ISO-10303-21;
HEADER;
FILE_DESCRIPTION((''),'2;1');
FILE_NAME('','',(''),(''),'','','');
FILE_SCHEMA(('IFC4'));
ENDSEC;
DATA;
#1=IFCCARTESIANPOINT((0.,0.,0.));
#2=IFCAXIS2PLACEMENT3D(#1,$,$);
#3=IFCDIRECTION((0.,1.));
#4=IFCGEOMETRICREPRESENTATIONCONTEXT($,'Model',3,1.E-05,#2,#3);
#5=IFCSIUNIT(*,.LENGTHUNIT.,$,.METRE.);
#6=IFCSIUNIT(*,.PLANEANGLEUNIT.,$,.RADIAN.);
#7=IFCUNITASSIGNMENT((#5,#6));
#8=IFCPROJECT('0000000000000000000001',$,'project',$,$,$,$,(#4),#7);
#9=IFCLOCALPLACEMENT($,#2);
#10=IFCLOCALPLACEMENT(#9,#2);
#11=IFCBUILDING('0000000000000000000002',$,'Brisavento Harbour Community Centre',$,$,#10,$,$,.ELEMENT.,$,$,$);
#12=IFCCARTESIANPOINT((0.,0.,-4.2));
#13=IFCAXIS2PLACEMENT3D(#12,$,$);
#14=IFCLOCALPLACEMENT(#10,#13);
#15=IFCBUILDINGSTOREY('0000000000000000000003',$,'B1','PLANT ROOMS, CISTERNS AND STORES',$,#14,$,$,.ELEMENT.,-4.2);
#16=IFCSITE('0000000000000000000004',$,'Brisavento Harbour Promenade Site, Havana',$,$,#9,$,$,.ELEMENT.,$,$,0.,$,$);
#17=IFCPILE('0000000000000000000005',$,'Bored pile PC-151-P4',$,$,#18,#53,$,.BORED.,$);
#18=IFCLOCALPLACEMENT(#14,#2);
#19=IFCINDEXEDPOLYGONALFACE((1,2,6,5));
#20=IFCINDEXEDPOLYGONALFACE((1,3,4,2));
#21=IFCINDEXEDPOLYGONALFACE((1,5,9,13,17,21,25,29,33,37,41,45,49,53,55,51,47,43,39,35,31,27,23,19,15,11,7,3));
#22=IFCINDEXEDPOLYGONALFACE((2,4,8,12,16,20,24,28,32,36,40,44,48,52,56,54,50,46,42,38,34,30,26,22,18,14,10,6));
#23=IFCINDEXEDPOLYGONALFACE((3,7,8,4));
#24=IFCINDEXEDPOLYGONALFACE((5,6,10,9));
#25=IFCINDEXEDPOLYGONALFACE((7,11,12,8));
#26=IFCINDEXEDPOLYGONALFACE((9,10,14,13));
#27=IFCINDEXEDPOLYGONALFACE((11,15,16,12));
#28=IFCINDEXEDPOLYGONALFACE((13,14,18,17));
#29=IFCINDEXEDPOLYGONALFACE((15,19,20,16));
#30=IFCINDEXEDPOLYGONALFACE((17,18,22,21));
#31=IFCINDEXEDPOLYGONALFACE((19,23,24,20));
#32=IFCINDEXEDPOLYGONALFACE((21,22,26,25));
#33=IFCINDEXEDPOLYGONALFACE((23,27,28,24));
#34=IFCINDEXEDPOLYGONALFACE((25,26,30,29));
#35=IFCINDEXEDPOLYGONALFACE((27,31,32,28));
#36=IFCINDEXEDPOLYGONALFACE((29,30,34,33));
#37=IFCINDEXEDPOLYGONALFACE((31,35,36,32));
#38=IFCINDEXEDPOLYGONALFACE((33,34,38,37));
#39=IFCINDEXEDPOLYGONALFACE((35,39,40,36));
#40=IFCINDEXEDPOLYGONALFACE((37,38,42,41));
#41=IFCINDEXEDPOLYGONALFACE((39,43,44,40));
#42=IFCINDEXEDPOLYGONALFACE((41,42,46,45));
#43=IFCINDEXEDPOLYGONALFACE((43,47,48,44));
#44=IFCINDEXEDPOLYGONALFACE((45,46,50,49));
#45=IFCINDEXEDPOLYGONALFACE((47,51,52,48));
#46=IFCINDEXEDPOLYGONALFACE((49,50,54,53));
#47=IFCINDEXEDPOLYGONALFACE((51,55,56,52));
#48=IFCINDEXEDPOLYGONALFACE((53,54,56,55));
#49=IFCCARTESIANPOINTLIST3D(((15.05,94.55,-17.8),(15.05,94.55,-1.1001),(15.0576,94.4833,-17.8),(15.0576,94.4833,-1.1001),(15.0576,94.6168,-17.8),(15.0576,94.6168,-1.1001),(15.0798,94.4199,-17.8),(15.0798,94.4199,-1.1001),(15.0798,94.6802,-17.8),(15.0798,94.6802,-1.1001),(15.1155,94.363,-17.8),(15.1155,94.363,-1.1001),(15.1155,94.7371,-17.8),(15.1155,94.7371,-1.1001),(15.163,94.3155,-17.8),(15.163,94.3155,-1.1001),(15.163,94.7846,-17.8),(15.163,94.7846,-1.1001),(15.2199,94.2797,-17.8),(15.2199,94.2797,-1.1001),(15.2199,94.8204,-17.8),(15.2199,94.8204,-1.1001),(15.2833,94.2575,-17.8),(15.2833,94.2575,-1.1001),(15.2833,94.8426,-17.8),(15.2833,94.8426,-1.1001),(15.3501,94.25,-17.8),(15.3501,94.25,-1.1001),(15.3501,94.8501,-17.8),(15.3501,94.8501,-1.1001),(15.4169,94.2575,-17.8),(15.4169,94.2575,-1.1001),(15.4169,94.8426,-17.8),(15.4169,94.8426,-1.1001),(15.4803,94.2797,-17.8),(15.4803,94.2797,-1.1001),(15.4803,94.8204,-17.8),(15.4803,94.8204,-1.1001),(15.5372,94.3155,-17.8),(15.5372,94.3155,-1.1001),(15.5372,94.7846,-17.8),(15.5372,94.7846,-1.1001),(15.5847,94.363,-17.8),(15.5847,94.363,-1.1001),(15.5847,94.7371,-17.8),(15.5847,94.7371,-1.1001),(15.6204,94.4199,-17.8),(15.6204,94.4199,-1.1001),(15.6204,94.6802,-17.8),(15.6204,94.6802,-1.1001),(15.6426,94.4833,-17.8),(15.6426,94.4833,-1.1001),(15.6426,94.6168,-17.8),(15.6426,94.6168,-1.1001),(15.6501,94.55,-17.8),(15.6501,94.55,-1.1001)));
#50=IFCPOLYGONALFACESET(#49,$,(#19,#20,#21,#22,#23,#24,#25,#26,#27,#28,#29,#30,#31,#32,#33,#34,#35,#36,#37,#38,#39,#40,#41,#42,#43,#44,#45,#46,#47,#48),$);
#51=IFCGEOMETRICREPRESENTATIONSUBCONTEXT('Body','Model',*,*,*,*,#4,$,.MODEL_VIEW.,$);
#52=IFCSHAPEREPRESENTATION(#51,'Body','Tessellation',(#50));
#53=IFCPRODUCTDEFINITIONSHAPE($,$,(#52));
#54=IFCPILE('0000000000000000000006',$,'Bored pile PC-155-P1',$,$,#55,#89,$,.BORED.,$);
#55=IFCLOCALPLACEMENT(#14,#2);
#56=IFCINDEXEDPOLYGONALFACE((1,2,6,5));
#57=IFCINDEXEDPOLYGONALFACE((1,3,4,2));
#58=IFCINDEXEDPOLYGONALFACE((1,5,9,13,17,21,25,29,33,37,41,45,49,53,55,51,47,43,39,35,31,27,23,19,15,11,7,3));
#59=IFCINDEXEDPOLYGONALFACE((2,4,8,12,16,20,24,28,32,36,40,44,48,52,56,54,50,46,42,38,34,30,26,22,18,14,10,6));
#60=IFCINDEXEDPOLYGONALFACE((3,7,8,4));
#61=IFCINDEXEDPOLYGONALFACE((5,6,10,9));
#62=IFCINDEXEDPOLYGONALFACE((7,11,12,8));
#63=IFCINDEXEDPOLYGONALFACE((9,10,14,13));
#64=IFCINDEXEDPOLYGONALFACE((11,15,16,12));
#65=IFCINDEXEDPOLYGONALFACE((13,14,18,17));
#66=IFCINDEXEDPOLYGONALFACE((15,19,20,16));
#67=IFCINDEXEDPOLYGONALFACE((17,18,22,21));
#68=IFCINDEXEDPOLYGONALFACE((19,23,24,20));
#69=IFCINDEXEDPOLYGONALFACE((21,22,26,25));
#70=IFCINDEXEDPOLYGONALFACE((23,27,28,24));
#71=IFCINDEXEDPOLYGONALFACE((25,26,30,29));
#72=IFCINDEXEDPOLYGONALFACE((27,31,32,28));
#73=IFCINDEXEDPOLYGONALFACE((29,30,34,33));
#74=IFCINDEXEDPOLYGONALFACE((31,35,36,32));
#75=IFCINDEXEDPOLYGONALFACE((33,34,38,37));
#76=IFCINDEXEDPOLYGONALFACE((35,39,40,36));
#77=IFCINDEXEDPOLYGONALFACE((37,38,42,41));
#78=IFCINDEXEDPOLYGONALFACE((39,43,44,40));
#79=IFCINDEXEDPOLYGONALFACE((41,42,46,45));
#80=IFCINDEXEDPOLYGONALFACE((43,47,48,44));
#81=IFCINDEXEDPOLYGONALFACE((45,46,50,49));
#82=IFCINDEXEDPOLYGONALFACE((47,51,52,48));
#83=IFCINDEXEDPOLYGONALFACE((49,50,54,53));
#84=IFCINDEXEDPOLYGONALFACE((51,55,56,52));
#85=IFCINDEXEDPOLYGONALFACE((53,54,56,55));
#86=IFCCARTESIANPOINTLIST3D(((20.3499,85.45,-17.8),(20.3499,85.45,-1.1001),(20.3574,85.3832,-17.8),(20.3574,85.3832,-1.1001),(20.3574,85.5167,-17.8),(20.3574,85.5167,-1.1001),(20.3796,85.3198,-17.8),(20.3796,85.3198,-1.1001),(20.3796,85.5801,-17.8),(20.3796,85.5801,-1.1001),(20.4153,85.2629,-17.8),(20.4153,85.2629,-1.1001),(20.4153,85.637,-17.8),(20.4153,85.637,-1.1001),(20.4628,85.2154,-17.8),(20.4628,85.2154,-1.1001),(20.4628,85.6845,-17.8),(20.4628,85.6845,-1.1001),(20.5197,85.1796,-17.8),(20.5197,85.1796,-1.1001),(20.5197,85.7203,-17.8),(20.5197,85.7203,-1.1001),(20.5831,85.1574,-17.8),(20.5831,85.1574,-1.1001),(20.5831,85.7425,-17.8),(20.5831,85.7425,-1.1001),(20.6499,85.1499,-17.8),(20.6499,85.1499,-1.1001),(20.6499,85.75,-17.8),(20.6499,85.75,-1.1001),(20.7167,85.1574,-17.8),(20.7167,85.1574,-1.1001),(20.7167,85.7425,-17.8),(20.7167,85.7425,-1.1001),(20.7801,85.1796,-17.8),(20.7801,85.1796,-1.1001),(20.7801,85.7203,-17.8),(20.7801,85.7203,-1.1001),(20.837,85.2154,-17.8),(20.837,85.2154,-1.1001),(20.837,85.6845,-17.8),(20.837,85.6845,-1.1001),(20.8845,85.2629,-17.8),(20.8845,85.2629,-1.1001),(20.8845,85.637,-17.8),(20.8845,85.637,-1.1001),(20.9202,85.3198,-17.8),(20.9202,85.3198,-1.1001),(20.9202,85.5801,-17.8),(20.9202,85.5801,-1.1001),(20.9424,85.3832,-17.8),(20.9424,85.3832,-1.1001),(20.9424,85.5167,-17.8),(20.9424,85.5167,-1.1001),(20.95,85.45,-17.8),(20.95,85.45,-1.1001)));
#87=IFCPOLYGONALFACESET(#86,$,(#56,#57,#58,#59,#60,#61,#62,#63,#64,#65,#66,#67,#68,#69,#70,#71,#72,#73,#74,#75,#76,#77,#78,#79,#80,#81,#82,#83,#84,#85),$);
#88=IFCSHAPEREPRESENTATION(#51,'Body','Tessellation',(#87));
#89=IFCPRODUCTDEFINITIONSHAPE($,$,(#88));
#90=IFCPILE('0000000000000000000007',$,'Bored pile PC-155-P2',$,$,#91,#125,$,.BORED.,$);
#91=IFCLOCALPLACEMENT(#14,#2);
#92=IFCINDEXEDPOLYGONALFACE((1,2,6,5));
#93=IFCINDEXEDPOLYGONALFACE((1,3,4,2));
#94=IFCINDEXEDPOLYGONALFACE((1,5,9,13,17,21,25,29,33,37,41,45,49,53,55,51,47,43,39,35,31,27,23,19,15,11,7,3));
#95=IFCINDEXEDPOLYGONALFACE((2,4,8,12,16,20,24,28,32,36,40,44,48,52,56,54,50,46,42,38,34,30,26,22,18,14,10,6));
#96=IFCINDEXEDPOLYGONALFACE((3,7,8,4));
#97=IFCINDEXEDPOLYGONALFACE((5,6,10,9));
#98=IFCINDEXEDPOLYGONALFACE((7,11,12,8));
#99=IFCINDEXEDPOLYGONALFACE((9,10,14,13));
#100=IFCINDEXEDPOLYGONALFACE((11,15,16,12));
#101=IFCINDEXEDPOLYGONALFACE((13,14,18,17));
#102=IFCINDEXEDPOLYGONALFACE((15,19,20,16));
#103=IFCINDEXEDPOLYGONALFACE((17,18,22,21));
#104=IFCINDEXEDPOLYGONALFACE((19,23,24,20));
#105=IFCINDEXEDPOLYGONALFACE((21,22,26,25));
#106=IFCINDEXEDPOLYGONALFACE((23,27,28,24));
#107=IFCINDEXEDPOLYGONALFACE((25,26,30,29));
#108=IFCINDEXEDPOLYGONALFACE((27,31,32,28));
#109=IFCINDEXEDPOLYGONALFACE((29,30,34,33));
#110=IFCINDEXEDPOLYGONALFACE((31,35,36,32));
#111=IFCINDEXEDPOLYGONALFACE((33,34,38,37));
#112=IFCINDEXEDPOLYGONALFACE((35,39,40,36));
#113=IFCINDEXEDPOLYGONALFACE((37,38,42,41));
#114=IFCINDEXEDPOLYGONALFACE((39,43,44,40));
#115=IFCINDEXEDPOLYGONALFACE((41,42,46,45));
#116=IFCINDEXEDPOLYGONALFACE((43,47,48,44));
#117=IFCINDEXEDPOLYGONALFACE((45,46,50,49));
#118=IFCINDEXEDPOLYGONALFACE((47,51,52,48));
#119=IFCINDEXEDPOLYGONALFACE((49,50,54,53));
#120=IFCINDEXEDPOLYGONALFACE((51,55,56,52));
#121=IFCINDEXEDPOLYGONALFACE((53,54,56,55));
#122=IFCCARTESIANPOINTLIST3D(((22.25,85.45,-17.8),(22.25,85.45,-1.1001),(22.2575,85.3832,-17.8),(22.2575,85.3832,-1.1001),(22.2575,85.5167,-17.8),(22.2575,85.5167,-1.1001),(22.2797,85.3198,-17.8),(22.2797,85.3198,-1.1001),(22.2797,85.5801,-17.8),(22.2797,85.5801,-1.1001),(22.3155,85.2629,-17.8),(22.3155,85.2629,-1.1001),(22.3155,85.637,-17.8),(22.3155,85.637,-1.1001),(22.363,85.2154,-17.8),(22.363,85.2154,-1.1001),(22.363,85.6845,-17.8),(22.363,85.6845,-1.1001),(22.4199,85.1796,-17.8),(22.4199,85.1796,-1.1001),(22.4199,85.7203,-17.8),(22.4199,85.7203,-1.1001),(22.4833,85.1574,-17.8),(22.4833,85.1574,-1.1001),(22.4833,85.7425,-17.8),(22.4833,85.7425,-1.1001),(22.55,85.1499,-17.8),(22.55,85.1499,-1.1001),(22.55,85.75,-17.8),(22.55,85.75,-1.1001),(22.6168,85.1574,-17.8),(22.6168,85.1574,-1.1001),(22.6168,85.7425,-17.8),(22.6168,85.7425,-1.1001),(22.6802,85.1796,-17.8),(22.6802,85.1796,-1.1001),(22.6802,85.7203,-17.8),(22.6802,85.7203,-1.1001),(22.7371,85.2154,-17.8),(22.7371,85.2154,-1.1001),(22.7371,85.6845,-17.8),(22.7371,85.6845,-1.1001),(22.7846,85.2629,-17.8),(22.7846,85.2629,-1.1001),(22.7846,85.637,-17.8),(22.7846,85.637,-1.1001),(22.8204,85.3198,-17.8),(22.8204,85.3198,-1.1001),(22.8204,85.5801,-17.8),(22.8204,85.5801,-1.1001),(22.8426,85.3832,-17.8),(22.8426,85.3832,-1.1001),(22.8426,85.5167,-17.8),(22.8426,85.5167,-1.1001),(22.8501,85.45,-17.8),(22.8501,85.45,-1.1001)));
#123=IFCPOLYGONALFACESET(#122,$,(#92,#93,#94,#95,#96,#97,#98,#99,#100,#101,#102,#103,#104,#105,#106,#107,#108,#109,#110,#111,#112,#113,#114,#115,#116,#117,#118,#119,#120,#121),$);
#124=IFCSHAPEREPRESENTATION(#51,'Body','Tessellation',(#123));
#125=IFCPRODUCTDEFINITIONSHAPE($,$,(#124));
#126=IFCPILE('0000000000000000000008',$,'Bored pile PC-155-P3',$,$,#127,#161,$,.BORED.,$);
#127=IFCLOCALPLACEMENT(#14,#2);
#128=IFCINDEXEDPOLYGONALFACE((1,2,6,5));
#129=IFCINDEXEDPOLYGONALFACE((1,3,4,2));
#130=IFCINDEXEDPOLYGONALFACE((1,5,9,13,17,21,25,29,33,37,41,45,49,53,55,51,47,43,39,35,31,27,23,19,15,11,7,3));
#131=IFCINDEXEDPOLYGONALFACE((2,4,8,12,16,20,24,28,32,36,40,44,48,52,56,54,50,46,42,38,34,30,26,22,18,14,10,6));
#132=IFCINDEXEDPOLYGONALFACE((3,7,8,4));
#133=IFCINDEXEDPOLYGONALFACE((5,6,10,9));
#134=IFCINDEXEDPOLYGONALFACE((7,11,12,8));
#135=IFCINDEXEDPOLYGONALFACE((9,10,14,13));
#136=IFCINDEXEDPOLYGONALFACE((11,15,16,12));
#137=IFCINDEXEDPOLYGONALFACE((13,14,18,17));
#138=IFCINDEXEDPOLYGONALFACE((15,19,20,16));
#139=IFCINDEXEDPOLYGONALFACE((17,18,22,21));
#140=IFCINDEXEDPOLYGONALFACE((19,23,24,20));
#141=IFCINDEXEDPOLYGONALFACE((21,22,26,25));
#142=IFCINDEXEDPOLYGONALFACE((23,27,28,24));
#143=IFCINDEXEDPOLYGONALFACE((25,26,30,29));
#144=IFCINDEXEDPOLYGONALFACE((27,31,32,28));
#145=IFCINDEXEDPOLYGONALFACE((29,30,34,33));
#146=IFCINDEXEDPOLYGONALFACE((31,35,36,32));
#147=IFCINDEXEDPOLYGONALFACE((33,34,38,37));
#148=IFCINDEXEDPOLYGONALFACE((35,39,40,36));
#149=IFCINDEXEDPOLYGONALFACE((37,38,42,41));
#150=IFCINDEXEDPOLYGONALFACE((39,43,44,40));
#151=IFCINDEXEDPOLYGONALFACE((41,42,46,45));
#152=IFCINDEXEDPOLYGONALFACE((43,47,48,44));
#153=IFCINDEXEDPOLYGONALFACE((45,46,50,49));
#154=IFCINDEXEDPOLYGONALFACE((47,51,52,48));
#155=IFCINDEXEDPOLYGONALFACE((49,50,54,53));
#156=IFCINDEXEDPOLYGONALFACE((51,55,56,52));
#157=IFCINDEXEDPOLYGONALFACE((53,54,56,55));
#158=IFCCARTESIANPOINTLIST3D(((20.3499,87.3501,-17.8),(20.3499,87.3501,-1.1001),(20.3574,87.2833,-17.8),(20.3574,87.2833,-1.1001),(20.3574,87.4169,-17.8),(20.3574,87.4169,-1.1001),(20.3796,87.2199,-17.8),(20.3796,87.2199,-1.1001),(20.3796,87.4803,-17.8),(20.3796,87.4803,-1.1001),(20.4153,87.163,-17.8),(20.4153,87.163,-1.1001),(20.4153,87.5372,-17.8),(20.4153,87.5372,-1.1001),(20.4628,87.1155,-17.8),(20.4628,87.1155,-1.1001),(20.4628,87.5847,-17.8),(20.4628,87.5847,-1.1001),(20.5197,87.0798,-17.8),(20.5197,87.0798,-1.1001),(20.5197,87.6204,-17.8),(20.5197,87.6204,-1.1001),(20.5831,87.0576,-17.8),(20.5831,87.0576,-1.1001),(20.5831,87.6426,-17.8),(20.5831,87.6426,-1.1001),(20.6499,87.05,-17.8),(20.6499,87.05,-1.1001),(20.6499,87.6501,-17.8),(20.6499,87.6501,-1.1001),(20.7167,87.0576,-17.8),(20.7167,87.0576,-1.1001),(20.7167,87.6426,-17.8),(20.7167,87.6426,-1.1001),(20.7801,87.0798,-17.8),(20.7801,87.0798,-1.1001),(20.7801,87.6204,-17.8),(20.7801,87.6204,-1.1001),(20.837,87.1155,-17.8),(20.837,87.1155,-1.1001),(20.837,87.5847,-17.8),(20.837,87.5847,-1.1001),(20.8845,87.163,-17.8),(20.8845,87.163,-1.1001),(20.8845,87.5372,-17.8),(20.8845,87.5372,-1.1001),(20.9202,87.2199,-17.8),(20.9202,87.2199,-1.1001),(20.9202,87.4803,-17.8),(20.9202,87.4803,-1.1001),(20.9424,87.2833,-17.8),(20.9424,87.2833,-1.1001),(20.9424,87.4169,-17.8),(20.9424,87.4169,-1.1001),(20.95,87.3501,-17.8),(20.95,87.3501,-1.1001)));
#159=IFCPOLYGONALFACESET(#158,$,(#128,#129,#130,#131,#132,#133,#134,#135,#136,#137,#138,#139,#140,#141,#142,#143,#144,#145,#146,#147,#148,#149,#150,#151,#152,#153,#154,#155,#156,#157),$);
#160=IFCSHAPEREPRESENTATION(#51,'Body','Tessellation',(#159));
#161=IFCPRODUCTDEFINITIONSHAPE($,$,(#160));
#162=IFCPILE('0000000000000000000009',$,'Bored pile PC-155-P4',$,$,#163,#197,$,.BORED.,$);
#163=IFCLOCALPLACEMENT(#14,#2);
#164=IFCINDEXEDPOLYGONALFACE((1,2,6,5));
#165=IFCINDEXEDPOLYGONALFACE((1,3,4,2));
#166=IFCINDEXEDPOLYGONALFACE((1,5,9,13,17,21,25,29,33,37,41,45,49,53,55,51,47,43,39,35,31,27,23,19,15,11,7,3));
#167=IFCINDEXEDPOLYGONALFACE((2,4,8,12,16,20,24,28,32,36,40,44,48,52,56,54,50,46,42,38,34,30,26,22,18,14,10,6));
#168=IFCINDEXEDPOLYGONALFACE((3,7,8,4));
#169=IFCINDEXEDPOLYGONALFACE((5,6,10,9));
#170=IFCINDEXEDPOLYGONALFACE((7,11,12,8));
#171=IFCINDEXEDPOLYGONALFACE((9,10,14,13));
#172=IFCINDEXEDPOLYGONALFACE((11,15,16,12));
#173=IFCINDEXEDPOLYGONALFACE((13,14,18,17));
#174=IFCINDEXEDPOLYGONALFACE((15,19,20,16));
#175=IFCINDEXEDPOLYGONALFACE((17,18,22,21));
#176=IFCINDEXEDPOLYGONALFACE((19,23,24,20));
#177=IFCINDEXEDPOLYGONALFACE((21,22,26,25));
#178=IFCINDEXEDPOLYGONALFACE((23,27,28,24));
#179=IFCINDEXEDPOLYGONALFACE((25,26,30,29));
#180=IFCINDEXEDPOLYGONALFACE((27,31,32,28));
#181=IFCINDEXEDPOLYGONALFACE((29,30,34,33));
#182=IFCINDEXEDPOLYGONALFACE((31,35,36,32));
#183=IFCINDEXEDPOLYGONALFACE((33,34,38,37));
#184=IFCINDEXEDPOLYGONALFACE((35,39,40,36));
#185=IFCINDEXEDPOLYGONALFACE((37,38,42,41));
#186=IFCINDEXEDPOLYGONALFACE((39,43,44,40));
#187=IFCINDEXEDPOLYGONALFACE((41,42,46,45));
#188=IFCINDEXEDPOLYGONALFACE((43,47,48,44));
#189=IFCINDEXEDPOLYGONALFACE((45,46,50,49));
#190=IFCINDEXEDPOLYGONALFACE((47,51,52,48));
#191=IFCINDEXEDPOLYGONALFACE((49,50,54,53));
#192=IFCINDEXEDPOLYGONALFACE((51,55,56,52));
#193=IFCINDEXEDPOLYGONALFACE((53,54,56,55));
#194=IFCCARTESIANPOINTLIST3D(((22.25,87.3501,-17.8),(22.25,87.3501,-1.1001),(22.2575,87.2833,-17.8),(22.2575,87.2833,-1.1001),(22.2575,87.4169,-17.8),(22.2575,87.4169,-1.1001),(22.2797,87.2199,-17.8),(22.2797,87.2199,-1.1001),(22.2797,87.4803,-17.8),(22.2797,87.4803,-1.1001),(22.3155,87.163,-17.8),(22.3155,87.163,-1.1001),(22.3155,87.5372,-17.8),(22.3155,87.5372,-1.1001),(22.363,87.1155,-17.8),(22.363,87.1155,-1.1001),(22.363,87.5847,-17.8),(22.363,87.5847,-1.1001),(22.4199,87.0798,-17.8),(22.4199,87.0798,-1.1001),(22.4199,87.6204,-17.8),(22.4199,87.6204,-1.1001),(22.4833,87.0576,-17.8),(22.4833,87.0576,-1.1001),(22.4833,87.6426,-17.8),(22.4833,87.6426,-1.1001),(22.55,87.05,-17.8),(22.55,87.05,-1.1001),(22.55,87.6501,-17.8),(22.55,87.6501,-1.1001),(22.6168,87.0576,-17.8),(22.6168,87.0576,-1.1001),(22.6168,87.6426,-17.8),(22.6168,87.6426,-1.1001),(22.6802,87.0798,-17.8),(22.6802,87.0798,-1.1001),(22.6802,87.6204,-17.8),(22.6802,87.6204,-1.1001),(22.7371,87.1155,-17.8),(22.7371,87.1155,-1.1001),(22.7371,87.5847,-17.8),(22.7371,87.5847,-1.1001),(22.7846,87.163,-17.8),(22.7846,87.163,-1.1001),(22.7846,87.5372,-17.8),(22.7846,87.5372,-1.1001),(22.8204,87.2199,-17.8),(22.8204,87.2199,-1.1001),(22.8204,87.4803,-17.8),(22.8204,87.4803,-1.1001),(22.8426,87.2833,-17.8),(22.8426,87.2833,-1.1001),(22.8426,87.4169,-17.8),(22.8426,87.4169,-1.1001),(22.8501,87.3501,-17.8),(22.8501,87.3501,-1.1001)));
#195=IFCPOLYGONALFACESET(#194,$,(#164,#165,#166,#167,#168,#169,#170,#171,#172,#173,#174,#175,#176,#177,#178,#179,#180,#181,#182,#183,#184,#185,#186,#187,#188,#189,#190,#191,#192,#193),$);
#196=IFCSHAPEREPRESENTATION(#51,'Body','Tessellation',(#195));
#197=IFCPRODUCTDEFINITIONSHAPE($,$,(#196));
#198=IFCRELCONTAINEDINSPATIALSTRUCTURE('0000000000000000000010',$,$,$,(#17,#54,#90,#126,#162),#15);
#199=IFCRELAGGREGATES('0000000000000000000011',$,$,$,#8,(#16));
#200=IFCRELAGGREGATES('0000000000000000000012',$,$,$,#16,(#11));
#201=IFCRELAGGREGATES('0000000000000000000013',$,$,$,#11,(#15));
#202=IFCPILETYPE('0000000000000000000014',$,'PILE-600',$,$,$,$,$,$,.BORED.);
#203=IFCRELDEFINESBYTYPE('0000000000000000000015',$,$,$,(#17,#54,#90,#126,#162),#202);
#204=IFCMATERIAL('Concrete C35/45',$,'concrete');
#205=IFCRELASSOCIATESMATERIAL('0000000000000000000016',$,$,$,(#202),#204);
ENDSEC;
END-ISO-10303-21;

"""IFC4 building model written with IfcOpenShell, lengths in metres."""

from ifc_helpers import new_model, si_unit, direction, frame, origin, origin_2d, place, context, subcontext, project, spatial, circle, extrude, material, material_profile, profile_set, type_object, element, save


model = new_model("IFC4")

# Units and contexts
model_context = context("Model", 3, precision=1e-05, world=origin(), true_north=direction((0.0, 1.0)))
body_context = subcontext(model_context, "Body", "Model", "MODEL_VIEW")
ifc_project = project(units=[si_unit("LENGTHUNIT", "METRE"), si_unit("PLANEANGLEUNIT", "RADIAN")], contexts=[model_context])

# Site, building, storey
site_placement = place(None, origin())
site = spatial("IfcSite", under=ifc_project, at=site_placement, Name="Brisavento Harbour Promenade Site, Havana", CompositionType="ELEMENT", RefElevation=0.0)
building_placement = place(site_placement, origin())
building = spatial("IfcBuilding", under=site, at=building_placement, Name="Brisavento Harbour Community Centre", CompositionType="ELEMENT")
storey_placement = place(building_placement, frame((0.0, 0.0, -4.2)))
storey = spatial("IfcBuildingStorey", under=building, at=storey_placement, Name="B1", Description="PLANT ROOMS, CISTERNS AND STORES", CompositionType="ELEMENT", Elevation=-4.2)

# Shared definitions
ifc_material = material(Name="Concrete C35/45", Category="concrete")

# Piles
ifc_material_profile_1 = material_profile(ifc_material, circle(Radius=0.3, at=origin_2d()), Name="Concrete C35/45")
ifc_profile_set_1 = profile_set([ifc_material_profile_1], Name="Concrete C35/45")
pile_type = type_object("IfcPileType", Name="PILE-600", PredefinedType="BORED", material=ifc_profile_set_1)
for number, where, z_axis, x_axis, name in (
    (1, (15.3501, 94.55, -1.1001), (0.0, 0.0, -1.0), (1.0, 0.0, 0.0), "Bored pile PC-151-P4"),
    (2, (20.6499, 85.45, -1.1001), (0.0, 0.0, -1.0), (1.0, 0.0, 0.0), "Bored pile PC-155-P1"),
    (3, (22.55, 85.45, -1.1001), (0.0, 0.0, -1.0), (1.0, 0.0, 0.0), "Bored pile PC-155-P2"),
    (4, (20.6499, 87.3501, -1.1001), (0.0, 0.0, -1.0), (1.0, 0.0, 0.0), "Bored pile PC-155-P3"),
    (5, (22.55, 87.3501, -1.1001), (0.0, 0.0, -1.0), (1.0, 0.0, 0.0), "Bored pile PC-155-P4"),
):
    element("IfcPile", number, at=place(storey_placement, frame(where, z_axis=z_axis, x_axis=x_axis)), inside=storey, type_object=pile_type, Name=name, PredefinedType="BORED", context=body_context, shape_type="SweptSolid", body=[
        extrude(circle(Radius=0.3, at=origin_2d()), origin(), (0.0, 0.0, 1.0), 16.7),
    ])

save(model, "model.ifc")
